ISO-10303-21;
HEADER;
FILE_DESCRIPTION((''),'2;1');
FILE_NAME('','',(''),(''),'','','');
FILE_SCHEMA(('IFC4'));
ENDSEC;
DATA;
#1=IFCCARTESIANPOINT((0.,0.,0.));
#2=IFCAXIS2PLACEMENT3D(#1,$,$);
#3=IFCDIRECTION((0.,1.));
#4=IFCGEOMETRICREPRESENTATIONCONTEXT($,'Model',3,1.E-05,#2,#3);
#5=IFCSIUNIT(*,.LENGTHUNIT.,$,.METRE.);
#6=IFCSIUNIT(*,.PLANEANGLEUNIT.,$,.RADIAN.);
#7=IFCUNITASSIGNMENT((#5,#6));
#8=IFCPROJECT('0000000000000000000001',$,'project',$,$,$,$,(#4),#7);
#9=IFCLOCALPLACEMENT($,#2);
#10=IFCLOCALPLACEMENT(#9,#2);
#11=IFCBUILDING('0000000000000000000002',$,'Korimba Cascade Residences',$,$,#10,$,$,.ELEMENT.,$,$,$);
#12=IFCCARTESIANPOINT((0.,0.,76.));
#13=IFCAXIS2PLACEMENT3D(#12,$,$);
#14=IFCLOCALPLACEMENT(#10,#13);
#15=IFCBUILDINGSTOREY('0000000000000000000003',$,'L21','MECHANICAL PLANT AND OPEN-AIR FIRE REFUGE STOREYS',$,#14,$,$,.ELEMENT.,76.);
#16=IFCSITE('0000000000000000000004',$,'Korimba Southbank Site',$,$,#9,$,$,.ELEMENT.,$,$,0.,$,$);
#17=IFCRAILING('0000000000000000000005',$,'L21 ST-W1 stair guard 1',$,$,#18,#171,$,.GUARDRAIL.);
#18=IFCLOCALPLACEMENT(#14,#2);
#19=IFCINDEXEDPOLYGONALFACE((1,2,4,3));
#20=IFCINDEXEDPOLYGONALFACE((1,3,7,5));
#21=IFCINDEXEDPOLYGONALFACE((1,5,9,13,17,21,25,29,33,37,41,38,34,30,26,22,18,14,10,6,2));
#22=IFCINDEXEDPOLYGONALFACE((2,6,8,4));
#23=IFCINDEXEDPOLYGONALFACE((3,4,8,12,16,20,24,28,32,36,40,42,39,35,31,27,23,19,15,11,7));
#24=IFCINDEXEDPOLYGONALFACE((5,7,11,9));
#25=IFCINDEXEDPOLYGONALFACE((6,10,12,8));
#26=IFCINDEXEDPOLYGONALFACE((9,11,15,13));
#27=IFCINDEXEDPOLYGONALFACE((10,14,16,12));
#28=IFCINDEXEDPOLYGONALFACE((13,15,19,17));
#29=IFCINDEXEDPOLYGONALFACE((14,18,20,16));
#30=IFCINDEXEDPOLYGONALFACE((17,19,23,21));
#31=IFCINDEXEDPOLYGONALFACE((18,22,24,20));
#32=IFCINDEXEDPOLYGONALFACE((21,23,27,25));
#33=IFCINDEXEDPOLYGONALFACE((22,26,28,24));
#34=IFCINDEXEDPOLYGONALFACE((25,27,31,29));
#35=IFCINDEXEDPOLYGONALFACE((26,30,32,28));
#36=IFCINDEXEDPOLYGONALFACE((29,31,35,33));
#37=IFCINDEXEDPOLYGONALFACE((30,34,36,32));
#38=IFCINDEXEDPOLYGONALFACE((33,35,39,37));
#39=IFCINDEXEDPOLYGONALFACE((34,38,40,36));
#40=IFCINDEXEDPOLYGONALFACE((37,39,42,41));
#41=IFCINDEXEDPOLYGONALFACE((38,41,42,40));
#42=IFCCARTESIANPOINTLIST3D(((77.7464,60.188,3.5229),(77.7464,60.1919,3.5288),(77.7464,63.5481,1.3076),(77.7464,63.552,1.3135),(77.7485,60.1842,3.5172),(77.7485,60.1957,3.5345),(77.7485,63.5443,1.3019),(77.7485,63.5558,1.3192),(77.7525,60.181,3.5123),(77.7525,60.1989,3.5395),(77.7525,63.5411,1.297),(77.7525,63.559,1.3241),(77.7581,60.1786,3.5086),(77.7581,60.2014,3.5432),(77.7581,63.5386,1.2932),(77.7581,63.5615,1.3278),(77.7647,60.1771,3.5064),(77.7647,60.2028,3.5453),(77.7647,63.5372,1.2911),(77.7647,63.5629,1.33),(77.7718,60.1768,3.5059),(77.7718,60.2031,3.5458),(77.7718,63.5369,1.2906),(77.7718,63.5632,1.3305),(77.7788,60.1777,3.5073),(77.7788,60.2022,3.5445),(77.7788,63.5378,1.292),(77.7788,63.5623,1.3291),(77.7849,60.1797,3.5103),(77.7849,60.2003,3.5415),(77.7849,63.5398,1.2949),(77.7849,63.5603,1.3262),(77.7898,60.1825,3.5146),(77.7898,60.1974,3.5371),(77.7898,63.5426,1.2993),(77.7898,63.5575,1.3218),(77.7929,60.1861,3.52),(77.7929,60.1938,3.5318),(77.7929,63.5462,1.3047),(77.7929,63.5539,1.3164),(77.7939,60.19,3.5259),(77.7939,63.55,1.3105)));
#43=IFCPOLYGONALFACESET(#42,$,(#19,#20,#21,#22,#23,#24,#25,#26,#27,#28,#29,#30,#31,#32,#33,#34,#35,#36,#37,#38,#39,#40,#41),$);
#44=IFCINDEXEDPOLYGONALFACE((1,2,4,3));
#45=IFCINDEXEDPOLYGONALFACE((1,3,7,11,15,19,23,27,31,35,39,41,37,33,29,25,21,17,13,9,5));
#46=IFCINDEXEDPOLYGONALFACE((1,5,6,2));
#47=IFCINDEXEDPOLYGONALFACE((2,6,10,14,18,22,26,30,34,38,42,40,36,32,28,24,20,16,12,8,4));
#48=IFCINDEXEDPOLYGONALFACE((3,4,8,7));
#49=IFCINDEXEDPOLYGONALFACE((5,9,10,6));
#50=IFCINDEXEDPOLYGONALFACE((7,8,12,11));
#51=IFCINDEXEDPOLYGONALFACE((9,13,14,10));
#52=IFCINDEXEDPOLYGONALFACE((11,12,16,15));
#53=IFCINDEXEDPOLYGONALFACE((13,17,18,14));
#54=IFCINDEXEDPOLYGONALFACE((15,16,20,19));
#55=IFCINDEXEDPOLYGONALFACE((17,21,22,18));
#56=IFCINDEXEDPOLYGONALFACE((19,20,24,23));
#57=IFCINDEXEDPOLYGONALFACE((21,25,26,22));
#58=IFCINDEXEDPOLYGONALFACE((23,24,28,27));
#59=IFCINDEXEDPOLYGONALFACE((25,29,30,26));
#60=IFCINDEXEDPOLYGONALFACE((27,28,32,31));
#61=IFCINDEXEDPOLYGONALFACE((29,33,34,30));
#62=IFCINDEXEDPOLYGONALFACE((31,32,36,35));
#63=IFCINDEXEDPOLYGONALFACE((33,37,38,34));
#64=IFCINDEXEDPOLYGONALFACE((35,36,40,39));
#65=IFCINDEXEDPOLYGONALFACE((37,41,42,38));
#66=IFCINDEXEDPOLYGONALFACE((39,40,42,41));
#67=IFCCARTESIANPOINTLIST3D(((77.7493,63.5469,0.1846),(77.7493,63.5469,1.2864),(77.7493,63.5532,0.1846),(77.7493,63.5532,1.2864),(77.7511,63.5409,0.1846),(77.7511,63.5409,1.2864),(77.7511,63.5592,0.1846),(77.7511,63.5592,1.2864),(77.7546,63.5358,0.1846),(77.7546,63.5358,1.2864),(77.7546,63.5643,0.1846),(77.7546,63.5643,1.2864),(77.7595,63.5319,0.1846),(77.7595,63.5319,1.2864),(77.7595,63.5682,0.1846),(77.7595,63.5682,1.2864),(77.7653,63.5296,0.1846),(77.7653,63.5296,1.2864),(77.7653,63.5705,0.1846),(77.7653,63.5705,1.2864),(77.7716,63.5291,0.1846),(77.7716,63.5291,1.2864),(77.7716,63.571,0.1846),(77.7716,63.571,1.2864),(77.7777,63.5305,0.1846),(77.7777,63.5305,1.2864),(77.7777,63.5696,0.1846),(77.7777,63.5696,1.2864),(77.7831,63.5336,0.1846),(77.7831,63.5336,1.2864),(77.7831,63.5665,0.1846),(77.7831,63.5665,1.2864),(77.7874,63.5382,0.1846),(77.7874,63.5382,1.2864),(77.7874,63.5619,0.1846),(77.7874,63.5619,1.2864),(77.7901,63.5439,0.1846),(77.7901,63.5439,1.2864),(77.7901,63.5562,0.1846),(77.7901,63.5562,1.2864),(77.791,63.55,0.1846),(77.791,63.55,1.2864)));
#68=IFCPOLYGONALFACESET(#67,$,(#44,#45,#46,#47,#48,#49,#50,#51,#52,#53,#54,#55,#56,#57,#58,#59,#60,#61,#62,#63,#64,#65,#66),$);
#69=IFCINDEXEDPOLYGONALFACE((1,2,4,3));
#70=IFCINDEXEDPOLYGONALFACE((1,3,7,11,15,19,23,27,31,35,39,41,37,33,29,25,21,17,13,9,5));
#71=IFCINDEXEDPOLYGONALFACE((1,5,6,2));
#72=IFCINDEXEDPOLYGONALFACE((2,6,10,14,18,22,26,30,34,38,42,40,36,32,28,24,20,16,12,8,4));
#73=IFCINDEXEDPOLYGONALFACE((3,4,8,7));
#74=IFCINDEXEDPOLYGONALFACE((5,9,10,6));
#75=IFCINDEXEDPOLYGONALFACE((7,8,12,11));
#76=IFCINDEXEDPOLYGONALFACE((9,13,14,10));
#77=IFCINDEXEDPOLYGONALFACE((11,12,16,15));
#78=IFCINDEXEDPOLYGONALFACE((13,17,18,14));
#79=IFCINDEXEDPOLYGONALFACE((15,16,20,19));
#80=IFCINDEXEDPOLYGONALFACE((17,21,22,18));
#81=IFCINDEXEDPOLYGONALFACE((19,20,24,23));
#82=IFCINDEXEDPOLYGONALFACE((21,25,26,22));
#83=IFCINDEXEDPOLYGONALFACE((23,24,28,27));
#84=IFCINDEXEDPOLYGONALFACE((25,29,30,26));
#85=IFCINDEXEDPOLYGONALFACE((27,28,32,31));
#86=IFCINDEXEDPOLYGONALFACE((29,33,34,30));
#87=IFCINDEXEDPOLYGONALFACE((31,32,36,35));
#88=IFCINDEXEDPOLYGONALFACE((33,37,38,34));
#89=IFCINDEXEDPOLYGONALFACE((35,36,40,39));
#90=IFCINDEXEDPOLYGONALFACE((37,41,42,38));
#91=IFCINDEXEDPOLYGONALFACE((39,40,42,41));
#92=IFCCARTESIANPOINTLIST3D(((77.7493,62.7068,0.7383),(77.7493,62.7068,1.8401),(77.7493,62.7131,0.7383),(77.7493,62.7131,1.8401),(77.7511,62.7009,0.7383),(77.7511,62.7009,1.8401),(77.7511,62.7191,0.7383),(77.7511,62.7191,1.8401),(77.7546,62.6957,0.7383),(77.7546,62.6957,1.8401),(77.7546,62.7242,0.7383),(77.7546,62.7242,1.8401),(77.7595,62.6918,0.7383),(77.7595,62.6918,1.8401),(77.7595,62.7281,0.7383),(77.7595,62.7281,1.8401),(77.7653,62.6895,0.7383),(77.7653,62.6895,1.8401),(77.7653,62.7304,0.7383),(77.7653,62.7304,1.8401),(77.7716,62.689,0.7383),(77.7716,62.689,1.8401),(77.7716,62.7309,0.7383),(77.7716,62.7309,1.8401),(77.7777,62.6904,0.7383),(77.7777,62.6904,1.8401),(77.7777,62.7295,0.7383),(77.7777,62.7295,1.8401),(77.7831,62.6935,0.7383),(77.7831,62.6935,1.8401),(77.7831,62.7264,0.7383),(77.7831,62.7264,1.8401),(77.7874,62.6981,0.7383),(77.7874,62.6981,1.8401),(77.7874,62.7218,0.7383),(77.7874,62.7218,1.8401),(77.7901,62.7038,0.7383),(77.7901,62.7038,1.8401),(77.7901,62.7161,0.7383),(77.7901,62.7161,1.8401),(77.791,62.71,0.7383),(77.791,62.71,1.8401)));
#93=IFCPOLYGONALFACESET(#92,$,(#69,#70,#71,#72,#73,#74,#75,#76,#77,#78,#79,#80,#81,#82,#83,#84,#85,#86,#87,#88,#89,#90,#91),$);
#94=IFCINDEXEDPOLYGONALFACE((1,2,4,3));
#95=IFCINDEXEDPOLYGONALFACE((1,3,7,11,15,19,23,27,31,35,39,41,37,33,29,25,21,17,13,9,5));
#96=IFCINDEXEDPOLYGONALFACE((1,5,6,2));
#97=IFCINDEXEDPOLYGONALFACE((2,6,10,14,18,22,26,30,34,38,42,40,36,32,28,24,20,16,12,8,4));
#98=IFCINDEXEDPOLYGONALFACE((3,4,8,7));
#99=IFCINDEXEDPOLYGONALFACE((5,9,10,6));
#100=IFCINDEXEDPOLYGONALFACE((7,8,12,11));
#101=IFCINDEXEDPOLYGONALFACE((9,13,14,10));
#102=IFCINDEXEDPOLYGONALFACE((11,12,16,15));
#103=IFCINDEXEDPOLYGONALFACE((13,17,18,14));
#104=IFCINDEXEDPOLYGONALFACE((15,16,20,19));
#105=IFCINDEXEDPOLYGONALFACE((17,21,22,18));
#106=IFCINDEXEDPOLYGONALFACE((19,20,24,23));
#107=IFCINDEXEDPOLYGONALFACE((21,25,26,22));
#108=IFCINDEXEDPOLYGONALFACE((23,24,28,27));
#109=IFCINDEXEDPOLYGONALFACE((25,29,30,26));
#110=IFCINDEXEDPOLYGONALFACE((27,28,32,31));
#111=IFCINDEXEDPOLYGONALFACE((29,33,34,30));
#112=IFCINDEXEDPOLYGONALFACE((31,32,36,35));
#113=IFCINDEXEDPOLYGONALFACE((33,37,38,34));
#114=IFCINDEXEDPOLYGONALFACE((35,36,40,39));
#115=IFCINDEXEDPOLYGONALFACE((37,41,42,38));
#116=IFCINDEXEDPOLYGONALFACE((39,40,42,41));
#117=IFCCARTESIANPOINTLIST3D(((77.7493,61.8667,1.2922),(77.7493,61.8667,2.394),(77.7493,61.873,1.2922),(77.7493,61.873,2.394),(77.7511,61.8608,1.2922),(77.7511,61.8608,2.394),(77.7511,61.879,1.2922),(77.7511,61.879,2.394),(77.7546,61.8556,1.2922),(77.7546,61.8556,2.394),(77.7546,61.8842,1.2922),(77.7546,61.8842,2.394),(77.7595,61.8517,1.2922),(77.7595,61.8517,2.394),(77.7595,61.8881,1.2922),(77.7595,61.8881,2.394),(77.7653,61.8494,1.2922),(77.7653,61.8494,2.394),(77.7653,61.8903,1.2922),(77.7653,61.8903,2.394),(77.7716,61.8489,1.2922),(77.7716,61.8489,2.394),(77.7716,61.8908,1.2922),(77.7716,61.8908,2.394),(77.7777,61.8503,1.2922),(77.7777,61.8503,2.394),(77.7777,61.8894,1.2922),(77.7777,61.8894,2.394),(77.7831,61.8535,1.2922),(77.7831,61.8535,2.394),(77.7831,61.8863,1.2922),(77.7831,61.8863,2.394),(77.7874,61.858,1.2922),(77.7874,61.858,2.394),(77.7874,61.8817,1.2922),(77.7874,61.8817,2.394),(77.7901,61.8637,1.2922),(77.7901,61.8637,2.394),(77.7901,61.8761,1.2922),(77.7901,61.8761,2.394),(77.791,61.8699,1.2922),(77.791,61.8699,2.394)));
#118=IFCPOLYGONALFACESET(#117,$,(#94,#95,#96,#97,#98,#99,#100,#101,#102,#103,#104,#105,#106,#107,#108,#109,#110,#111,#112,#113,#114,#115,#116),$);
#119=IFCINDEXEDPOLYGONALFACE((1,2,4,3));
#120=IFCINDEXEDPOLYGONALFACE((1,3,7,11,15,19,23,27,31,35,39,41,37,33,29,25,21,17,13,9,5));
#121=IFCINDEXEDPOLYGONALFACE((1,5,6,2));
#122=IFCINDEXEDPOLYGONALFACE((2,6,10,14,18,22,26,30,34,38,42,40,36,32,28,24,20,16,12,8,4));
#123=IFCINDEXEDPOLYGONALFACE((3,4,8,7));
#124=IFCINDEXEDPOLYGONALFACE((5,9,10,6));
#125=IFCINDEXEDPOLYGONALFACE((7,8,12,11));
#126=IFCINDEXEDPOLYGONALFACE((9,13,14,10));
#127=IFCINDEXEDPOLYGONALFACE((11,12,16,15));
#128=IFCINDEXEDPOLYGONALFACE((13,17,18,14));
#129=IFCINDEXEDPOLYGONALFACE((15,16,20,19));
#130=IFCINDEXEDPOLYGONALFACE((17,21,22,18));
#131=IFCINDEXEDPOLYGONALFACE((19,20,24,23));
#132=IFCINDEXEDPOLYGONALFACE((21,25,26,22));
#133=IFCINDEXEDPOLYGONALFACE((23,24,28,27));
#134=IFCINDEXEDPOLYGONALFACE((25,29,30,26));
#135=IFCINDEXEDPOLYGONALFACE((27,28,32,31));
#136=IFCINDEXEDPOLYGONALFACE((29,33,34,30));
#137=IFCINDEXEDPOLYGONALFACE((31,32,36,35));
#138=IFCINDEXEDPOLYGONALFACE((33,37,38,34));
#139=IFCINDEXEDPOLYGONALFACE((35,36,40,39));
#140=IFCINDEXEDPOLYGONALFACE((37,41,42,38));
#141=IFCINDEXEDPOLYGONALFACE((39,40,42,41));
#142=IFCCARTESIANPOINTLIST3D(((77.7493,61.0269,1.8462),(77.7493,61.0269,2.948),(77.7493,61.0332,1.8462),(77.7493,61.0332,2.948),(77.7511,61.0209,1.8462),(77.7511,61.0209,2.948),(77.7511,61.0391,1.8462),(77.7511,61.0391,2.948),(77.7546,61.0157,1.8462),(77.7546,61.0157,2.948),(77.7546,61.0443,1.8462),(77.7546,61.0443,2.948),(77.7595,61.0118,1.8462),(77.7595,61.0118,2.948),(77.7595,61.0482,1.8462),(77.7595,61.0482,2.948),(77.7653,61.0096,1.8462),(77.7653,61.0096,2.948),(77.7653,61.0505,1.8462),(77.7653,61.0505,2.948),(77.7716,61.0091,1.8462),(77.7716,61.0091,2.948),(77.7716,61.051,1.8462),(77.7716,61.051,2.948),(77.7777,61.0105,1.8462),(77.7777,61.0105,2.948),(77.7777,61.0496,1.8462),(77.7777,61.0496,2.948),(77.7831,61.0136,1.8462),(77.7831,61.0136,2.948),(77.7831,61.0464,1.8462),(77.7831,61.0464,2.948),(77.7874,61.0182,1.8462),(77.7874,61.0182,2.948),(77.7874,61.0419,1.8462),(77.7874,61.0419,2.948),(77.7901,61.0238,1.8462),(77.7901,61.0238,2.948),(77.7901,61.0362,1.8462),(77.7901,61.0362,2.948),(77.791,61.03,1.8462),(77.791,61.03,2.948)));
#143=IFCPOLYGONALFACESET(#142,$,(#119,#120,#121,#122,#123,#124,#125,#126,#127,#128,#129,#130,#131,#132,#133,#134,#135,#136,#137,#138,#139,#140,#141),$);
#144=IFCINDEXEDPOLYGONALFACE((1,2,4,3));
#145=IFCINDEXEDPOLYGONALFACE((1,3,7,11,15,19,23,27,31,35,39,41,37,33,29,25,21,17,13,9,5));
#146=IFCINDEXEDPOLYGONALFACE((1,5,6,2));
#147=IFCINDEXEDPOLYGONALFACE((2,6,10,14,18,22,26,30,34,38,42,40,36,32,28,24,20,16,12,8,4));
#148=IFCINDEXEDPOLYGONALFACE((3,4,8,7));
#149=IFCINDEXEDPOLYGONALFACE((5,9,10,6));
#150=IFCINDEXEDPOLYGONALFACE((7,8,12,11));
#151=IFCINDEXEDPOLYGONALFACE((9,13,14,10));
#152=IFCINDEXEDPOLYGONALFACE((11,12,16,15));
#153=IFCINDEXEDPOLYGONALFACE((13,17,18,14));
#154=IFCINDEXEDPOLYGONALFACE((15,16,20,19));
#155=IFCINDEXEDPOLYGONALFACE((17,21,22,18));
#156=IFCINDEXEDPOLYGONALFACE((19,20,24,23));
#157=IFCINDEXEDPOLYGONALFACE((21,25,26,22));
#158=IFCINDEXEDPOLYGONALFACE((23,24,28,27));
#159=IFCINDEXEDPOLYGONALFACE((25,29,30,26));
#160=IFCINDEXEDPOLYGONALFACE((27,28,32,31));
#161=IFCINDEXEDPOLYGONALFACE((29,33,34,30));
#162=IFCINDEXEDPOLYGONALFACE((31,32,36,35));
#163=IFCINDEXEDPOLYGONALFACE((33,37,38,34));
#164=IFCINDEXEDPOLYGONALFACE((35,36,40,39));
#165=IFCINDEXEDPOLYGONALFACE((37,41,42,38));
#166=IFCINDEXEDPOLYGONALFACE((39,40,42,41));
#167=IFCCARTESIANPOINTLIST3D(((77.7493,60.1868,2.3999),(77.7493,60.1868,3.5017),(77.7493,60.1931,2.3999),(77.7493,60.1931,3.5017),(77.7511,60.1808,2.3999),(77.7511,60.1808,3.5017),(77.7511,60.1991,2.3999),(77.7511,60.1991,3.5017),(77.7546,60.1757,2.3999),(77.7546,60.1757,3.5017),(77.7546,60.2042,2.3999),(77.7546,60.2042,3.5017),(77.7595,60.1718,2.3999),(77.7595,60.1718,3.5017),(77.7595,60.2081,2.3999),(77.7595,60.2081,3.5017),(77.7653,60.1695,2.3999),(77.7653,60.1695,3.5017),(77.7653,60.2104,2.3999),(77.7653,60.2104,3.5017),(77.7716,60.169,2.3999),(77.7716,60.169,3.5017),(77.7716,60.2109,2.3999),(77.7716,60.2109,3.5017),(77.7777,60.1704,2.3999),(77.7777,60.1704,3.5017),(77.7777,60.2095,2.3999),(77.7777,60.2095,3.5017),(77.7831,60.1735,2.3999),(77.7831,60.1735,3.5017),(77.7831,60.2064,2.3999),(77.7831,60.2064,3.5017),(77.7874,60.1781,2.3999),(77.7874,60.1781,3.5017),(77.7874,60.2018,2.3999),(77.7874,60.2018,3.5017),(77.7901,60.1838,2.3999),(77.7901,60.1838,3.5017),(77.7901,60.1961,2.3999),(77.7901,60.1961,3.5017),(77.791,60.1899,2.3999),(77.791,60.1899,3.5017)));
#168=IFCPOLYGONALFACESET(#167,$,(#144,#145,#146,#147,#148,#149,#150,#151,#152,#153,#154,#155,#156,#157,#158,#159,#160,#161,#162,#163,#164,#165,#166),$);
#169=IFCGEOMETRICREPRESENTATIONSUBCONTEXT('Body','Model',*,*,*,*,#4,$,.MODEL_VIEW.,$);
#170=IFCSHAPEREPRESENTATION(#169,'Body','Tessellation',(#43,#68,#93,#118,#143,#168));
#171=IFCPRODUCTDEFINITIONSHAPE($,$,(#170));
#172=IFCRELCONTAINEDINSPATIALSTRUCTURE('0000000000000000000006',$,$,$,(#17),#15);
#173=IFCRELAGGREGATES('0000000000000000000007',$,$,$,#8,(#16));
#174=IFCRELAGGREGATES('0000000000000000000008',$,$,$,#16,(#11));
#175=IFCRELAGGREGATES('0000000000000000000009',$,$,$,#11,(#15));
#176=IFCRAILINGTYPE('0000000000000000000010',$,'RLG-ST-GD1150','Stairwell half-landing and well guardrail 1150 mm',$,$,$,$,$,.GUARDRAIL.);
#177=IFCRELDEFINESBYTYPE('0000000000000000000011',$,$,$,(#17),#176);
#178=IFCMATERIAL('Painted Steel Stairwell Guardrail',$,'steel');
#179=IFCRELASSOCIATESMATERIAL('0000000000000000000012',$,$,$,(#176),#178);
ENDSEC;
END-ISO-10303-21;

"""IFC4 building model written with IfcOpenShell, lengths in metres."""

from ifc_helpers import new_model, si_unit, direction, frame, origin, origin_2d, place, context, subcontext, project, spatial, circle, extrude, material, type_object, element, save


model = new_model("IFC4")

# Units and contexts
model_context = context("Model", 3, precision=1e-05, world=origin(), true_north=direction((0.0, 1.0)))
body_context = subcontext(model_context, "Body", "Model", "MODEL_VIEW")
ifc_project = project(units=[si_unit("LENGTHUNIT", "METRE"), si_unit("PLANEANGLEUNIT", "RADIAN")], contexts=[model_context])

# Site, building, storey
site_placement = place(None, origin())
site = spatial("IfcSite", under=ifc_project, at=site_placement, Name="Korimba Southbank Site", CompositionType="ELEMENT", RefElevation=0.0)
building_placement = place(site_placement, origin())
building = spatial("IfcBuilding", under=site, at=building_placement, Name="Korimba Cascade Residences", CompositionType="ELEMENT")
storey_placement = place(building_placement, frame((0.0, 0.0, 76.0)))
storey = spatial("IfcBuildingStorey", under=building, at=storey_placement, Name="L21", Description="MECHANICAL PLANT AND OPEN-AIR FIRE REFUGE STOREYS", CompositionType="ELEMENT", Elevation=76.0)

# Railing
ifc_material_1 = material(Name="Painted Steel Stairwell Guardrail", Category="steel")
railing_type_1 = type_object("IfcRailingType", Name="RLG-ST-GD1150", Description="Stairwell half-landing and well guardrail 1150 mm", PredefinedType="GUARDRAIL", material=ifc_material_1)
railing_1_placement = place(storey_placement, frame((77.77, 63.55, 0.1846)))
element("IfcRailing", 1, at=railing_1_placement, inside=storey, type_object=railing_type_1, Name="L21 ST-W1 stair guard 1", PredefinedType="GUARDRAIL", context=body_context, shape_type="SweptSolid", body=[
    extrude(circle(Radius=0.0239, at=origin_2d()), frame((0.0, 0.0, 1.126), z_axis=(0.0, -0.834876, 0.550437), x_axis=(1.0, 0.0, 0.0)), (0.0, 0.0, 1.0), 4.0247),
    extrude(circle(Radius=0.021, at=origin_2d()), origin(), (0.0, 0.0, 1.0), 1.1018),
    extrude(circle(Radius=0.021, at=origin_2d()), frame((0.0, -0.8401, 0.5537)), (0.0, 0.0, 1.0), 1.1018),
    extrude(circle(Radius=0.021, at=origin_2d()), frame((0.0, -1.6802, 1.1077)), (0.0, 0.0, 1.0), 1.1018),
    extrude(circle(Radius=0.021, at=origin_2d()), frame((0.0, -2.52, 1.6616)), (0.0, 0.0, 1.0), 1.1018),
    extrude(circle(Radius=0.021, at=origin_2d()), frame((0.0, -3.3601, 2.2153)), (0.0, 0.0, 1.0), 1.1018),
])

save(model, "model.ifc")
